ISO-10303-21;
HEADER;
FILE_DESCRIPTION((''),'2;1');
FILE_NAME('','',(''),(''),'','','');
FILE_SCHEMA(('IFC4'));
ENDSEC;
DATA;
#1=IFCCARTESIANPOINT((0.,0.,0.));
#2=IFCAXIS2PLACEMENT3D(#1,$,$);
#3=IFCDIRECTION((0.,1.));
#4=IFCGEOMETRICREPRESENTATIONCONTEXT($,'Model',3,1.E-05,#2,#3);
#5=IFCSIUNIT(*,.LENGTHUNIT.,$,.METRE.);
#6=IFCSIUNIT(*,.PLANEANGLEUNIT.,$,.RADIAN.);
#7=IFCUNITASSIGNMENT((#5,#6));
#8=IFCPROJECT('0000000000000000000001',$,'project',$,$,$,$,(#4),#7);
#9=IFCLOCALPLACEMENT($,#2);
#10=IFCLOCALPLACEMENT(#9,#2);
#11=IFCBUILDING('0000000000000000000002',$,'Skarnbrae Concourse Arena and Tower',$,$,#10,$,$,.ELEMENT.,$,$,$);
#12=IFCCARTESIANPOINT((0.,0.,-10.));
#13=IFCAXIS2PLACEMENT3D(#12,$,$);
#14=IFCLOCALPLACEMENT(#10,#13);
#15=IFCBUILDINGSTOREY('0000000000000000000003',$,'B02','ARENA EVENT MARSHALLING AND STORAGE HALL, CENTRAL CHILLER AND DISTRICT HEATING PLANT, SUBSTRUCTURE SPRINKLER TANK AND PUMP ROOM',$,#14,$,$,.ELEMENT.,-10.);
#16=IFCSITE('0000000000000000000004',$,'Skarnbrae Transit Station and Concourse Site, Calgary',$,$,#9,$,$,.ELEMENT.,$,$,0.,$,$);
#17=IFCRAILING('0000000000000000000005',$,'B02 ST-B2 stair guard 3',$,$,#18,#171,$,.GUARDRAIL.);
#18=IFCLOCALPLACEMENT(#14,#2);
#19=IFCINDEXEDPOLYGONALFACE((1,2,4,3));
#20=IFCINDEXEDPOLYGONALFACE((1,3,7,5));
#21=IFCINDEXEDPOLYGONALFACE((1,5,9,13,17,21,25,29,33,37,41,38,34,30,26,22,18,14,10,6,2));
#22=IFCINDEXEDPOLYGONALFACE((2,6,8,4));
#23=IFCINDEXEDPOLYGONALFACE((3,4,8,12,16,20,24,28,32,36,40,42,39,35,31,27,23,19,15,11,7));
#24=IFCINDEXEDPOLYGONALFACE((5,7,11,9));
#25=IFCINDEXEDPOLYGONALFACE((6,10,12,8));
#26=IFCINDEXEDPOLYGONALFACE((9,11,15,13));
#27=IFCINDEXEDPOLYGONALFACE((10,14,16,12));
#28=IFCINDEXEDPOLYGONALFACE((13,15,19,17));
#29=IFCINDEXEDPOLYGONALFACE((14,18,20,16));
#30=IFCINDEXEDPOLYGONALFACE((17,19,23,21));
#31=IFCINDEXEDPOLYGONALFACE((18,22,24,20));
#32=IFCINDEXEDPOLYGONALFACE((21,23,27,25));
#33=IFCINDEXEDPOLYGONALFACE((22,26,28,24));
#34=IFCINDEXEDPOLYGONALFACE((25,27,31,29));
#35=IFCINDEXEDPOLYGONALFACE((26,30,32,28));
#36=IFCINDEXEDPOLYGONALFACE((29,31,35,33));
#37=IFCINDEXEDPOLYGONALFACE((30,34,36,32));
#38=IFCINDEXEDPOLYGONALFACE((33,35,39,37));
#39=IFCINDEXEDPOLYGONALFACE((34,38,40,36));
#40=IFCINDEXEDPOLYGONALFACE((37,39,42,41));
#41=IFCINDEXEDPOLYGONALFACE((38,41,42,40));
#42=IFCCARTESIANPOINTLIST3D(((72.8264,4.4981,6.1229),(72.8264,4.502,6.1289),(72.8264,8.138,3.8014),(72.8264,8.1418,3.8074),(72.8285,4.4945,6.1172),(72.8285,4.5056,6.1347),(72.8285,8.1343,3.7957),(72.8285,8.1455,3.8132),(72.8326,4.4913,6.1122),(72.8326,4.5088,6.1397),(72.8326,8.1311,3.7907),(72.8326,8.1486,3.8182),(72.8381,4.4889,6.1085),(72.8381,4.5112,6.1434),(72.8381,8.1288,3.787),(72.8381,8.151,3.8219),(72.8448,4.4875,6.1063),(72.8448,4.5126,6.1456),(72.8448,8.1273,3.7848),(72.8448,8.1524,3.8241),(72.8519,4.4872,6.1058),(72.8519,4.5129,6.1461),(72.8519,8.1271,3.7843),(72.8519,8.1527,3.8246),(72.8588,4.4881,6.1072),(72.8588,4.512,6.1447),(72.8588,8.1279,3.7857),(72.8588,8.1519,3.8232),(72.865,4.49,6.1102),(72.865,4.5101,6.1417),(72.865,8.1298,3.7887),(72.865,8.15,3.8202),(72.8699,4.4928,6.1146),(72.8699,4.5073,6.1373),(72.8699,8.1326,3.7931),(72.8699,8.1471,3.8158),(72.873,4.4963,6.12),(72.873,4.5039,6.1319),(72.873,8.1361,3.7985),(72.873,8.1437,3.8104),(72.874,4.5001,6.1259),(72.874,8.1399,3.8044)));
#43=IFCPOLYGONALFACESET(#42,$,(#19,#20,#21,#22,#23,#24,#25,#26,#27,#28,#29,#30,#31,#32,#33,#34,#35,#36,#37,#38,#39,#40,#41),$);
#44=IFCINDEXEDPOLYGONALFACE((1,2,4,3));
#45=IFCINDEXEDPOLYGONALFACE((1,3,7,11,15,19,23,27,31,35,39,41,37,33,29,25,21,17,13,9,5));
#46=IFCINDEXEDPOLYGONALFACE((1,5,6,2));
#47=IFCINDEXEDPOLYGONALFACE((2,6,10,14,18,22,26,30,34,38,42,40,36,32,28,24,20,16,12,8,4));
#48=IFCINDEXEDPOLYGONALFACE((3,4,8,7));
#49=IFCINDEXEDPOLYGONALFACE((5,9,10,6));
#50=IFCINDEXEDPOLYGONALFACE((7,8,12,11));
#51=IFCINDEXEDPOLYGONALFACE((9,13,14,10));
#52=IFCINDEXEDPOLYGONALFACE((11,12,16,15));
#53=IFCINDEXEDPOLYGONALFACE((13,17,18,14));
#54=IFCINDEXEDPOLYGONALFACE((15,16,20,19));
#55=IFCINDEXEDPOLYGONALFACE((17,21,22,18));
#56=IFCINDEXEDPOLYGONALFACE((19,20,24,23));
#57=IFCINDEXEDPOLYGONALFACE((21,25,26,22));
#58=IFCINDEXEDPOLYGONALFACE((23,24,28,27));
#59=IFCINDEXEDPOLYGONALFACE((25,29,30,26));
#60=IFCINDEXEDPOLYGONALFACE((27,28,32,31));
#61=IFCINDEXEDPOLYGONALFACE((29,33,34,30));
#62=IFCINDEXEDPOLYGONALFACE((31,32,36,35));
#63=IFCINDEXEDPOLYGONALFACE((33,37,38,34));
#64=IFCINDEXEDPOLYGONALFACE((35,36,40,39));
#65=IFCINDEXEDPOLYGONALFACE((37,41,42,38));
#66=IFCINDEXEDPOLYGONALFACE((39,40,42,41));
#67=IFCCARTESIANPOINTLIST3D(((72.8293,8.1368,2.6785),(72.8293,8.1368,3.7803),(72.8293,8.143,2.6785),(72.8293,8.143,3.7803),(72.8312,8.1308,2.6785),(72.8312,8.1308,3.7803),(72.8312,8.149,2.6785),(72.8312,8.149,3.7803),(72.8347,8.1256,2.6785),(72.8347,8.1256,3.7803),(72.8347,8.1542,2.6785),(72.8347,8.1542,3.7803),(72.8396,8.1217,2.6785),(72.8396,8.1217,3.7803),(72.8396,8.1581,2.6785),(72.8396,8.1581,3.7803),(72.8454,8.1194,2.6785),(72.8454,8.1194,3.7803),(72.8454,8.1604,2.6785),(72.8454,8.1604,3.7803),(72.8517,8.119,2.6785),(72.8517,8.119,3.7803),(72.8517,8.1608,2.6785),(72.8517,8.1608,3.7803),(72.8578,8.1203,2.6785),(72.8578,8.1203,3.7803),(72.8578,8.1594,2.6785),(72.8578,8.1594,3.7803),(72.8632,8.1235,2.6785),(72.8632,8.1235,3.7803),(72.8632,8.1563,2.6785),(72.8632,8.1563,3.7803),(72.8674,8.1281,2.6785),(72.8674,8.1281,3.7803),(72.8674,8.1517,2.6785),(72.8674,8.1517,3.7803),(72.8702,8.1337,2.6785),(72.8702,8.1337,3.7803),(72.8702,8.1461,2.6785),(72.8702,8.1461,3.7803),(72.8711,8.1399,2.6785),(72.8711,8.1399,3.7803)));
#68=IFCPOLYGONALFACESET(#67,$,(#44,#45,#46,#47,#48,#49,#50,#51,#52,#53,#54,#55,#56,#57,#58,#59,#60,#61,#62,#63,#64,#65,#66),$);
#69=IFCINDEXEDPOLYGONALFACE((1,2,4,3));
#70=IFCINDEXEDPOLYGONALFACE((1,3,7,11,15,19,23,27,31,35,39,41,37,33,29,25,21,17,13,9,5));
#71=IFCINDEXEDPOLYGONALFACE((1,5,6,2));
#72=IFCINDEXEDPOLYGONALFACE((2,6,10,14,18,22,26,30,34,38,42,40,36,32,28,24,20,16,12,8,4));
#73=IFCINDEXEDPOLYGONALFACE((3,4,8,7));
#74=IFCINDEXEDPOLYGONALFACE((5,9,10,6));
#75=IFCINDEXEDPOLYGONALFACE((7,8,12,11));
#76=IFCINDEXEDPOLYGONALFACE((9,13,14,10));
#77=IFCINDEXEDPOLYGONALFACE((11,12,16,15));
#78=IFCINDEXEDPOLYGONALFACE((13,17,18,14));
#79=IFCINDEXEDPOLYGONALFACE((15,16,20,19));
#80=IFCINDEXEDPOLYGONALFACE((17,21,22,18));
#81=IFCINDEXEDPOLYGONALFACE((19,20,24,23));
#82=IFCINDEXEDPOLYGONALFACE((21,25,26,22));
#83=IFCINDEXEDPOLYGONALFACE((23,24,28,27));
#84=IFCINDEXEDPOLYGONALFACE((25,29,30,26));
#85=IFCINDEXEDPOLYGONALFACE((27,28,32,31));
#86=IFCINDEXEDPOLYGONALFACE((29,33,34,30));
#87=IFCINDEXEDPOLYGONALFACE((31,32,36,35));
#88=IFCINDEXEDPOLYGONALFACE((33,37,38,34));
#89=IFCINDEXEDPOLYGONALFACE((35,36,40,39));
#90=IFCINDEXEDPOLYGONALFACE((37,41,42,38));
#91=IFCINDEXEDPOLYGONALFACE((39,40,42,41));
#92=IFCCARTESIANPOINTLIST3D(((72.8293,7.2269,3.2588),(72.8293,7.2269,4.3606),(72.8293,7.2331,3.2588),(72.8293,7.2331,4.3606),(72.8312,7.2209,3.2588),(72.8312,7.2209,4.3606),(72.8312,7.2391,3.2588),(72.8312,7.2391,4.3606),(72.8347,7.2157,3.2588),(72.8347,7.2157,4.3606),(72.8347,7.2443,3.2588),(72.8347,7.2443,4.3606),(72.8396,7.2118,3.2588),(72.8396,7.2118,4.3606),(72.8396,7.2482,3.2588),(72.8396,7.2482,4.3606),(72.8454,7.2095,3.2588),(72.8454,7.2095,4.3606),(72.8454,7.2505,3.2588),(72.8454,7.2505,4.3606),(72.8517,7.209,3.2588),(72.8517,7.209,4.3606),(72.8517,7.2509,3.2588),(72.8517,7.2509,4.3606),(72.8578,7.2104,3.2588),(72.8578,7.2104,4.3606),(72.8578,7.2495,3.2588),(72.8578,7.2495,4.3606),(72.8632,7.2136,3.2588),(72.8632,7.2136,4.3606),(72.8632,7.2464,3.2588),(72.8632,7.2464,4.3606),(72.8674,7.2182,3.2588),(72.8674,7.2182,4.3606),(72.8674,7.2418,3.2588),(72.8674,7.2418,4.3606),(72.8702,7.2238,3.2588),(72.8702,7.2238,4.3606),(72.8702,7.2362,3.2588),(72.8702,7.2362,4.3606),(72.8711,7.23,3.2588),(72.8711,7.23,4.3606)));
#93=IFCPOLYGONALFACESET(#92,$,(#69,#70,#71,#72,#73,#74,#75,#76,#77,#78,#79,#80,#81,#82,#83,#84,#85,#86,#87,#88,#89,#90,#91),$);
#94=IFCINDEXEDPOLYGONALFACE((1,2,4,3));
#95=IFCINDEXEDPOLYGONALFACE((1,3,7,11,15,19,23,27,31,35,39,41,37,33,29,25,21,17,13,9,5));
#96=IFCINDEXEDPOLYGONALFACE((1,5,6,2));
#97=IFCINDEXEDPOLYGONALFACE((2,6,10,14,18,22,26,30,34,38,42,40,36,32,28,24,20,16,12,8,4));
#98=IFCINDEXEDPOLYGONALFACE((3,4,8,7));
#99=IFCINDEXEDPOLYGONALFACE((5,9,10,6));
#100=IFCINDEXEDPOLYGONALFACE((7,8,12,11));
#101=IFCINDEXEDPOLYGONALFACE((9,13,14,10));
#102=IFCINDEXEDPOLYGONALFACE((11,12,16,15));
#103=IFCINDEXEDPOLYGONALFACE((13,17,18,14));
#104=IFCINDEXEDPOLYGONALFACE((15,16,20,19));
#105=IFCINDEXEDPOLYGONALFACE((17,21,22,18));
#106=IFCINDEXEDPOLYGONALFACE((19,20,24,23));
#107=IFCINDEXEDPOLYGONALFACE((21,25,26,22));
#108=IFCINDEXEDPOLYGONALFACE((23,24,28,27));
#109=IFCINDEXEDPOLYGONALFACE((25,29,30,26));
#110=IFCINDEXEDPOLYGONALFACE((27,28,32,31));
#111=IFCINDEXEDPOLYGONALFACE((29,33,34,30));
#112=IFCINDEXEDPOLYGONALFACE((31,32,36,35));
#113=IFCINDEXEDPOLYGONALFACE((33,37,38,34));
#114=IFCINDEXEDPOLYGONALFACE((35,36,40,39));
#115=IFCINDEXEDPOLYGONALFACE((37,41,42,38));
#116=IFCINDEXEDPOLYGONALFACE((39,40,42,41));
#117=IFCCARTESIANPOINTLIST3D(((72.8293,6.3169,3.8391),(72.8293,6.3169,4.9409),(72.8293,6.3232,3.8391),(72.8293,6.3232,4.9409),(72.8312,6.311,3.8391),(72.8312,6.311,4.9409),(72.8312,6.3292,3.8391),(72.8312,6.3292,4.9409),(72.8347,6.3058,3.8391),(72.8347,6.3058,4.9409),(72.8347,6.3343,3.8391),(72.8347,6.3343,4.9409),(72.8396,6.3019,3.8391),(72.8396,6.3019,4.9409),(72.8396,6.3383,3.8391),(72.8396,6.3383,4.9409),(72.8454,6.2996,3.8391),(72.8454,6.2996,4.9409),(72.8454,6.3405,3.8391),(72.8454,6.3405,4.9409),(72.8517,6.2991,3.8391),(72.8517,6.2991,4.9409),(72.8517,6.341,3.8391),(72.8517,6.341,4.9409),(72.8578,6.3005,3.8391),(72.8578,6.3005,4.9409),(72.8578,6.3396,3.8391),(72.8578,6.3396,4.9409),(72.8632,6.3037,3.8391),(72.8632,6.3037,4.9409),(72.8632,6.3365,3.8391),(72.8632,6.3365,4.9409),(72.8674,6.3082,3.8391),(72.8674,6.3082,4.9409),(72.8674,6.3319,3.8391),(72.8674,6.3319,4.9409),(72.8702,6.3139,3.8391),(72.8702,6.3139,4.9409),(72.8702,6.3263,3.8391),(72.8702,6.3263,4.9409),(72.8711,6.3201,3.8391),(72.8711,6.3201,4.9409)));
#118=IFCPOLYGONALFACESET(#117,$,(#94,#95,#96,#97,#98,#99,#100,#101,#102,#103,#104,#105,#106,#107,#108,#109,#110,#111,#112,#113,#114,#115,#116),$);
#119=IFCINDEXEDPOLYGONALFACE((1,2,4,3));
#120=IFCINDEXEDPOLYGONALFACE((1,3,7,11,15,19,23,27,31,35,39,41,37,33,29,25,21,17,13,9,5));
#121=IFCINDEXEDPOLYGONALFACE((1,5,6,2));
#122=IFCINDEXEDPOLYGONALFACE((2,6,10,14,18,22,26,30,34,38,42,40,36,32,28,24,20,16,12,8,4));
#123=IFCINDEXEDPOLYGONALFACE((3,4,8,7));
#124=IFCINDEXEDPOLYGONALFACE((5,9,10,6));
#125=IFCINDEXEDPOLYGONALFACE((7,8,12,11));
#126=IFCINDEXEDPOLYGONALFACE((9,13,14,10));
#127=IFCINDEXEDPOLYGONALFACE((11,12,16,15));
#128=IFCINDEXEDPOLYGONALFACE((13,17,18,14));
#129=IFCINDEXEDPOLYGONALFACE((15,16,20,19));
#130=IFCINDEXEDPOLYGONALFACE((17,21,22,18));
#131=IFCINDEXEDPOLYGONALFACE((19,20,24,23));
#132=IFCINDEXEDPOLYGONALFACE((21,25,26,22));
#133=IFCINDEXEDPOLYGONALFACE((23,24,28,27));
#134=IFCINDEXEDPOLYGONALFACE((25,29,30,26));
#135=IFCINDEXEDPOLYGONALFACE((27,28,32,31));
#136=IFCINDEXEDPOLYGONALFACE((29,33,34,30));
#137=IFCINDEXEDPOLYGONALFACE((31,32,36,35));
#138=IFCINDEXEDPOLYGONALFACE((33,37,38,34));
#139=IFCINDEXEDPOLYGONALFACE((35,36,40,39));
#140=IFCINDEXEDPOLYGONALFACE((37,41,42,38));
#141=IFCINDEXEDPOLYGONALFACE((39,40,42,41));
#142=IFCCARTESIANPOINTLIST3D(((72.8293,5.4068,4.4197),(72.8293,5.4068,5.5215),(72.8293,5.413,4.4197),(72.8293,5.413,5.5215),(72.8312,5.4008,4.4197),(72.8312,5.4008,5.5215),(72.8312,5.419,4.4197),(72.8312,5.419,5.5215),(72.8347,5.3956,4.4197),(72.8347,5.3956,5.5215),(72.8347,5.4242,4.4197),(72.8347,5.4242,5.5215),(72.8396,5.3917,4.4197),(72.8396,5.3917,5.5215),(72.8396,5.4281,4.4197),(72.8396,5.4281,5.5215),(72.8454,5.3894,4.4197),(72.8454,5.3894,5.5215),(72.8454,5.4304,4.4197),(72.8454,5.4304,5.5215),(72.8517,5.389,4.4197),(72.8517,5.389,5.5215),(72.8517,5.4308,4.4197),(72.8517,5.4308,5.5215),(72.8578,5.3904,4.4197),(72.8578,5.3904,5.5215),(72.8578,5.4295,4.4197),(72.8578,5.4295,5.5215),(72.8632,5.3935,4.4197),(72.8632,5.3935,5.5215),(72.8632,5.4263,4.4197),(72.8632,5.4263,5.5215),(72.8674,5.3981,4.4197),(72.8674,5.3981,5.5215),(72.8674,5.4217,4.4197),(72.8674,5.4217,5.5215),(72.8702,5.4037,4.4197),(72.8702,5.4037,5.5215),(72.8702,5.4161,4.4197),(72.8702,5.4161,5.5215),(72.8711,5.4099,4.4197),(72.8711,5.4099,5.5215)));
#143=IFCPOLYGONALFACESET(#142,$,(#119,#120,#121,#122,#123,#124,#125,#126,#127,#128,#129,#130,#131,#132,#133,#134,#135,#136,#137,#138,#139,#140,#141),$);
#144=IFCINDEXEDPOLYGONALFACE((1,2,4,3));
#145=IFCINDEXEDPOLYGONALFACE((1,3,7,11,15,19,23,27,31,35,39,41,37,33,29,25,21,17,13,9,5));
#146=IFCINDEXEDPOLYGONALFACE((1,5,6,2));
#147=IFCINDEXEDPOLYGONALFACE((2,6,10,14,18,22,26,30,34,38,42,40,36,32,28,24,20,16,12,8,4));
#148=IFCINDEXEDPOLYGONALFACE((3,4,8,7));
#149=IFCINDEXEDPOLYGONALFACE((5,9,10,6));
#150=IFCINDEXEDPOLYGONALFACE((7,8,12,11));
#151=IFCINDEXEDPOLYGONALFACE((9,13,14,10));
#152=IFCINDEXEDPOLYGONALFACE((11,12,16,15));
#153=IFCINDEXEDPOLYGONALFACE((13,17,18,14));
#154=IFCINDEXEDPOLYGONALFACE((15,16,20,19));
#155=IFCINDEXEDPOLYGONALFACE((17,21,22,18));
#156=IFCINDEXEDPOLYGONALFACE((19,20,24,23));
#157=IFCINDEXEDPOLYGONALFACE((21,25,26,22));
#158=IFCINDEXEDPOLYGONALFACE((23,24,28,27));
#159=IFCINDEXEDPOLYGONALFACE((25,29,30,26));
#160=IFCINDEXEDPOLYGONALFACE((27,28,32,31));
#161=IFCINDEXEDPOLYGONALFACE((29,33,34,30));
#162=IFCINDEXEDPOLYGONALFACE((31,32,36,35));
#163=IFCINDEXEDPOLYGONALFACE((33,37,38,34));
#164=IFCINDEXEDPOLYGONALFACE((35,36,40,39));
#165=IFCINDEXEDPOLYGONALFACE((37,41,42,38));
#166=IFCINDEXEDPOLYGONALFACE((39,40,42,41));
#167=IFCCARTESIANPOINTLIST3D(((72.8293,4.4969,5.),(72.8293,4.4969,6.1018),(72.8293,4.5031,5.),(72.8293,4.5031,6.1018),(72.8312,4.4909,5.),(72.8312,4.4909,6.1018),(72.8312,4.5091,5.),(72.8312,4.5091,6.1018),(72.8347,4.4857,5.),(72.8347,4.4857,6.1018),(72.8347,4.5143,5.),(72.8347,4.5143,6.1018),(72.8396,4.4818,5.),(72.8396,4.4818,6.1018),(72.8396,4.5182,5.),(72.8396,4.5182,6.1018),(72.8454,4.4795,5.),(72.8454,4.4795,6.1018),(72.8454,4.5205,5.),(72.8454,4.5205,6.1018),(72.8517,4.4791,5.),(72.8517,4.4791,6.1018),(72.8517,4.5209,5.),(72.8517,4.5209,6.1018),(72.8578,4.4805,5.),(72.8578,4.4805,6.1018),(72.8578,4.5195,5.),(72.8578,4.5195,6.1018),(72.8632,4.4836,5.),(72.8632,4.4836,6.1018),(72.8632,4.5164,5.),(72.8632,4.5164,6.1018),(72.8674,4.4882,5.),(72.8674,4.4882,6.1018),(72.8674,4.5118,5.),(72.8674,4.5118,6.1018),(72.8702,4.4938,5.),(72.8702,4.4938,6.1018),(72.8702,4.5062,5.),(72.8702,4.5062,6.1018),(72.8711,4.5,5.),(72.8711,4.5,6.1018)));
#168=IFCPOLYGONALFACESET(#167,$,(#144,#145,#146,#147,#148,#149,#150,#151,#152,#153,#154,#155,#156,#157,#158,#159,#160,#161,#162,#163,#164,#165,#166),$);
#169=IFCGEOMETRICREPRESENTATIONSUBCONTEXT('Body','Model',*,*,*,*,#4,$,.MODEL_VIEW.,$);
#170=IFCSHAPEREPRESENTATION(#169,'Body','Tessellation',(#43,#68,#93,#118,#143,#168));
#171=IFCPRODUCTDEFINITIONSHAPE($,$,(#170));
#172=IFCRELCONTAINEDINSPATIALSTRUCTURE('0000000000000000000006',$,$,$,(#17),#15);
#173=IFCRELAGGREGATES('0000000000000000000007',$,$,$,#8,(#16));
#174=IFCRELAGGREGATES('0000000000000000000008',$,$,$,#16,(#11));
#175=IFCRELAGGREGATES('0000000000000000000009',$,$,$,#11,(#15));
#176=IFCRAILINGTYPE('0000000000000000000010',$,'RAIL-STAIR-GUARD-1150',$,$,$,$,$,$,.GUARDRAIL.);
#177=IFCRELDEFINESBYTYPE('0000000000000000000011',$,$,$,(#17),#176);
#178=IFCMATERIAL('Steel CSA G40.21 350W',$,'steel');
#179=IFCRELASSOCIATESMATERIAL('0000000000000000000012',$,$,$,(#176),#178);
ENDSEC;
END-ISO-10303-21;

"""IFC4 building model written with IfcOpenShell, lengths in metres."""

from ifc_helpers import new_model, si_unit, direction, frame, origin, origin_2d, place, context, subcontext, project, spatial, circle, extrude, material, type_object, element, save


model = new_model("IFC4")

# Units and contexts
model_context = context("Model", 3, precision=1e-05, world=origin(), true_north=direction((0.0, 1.0)))
body_context = subcontext(model_context, "Body", "Model", "MODEL_VIEW")
ifc_project = project(units=[si_unit("LENGTHUNIT", "METRE"), si_unit("PLANEANGLEUNIT", "RADIAN")], contexts=[model_context])

# Site, building, storey
site_placement = place(None, origin())
site = spatial("IfcSite", under=ifc_project, at=site_placement, Name="Skarnbrae Transit Station and Concourse Site, Calgary", CompositionType="ELEMENT", RefElevation=0.0)
building_placement = place(site_placement, origin())
building = spatial("IfcBuilding", under=site, at=building_placement, Name="Skarnbrae Concourse Arena and Tower", CompositionType="ELEMENT")
storey_placement = place(building_placement, frame((0.0, 0.0, -10.0)))
storey = spatial("IfcBuildingStorey", under=building, at=storey_placement, Name="B02", Description="ARENA EVENT MARSHALLING AND STORAGE HALL, CENTRAL CHILLER AND DISTRICT HEATING PLANT, SUBSTRUCTURE SPRINKLER TANK AND PUMP ROOM", CompositionType="ELEMENT", Elevation=-10.0)

# Shared definitions
ifc_material_1 = material(Name="Steel CSA G40.21 350W", Category="steel")

# Railing
railing_type_1 = type_object("IfcRailingType", Name="RAIL-STAIR-GUARD-1150", PredefinedType="GUARDRAIL", material=ifc_material_1)
railing_1_placement = place(storey_placement, frame((72.8501, 8.1399, 2.6785)))
element("IfcRailing", 1, at=railing_1_placement, inside=storey, type_object=railing_type_1, Name="B02 ST-B2 stair guard 3", PredefinedType="GUARDRAIL", context=body_context, shape_type="SweptSolid", body=[
    extrude(circle(Radius=0.0239, at=origin_2d()), frame((0.0, 0.0, 1.126), z_axis=(0.0, -0.843112, 0.537739), x_axis=(1.0, 0.0, 0.0)), (0.0, 0.0, 1.0), 4.3171),
    extrude(circle(Radius=0.021, at=origin_2d()), origin(), (0.0, 0.0, 1.0), 1.1018),
    extrude(circle(Radius=0.021, at=origin_2d()), frame((0.0, -0.9099, 0.5803)), (0.0, 0.0, 1.0), 1.1018),
    extrude(circle(Radius=0.021, at=origin_2d()), frame((0.0, -1.8198, 1.1606)), (0.0, 0.0, 1.0), 1.1018),
    extrude(circle(Radius=0.021, at=origin_2d()), frame((0.0, -2.73, 1.7412)), (0.0, 0.0, 1.0), 1.1018),
    extrude(circle(Radius=0.021, at=origin_2d()), frame((0.0, -3.6399, 2.3215)), (0.0, 0.0, 1.0), 1.1018),
])

save(model, "model.ifc")
